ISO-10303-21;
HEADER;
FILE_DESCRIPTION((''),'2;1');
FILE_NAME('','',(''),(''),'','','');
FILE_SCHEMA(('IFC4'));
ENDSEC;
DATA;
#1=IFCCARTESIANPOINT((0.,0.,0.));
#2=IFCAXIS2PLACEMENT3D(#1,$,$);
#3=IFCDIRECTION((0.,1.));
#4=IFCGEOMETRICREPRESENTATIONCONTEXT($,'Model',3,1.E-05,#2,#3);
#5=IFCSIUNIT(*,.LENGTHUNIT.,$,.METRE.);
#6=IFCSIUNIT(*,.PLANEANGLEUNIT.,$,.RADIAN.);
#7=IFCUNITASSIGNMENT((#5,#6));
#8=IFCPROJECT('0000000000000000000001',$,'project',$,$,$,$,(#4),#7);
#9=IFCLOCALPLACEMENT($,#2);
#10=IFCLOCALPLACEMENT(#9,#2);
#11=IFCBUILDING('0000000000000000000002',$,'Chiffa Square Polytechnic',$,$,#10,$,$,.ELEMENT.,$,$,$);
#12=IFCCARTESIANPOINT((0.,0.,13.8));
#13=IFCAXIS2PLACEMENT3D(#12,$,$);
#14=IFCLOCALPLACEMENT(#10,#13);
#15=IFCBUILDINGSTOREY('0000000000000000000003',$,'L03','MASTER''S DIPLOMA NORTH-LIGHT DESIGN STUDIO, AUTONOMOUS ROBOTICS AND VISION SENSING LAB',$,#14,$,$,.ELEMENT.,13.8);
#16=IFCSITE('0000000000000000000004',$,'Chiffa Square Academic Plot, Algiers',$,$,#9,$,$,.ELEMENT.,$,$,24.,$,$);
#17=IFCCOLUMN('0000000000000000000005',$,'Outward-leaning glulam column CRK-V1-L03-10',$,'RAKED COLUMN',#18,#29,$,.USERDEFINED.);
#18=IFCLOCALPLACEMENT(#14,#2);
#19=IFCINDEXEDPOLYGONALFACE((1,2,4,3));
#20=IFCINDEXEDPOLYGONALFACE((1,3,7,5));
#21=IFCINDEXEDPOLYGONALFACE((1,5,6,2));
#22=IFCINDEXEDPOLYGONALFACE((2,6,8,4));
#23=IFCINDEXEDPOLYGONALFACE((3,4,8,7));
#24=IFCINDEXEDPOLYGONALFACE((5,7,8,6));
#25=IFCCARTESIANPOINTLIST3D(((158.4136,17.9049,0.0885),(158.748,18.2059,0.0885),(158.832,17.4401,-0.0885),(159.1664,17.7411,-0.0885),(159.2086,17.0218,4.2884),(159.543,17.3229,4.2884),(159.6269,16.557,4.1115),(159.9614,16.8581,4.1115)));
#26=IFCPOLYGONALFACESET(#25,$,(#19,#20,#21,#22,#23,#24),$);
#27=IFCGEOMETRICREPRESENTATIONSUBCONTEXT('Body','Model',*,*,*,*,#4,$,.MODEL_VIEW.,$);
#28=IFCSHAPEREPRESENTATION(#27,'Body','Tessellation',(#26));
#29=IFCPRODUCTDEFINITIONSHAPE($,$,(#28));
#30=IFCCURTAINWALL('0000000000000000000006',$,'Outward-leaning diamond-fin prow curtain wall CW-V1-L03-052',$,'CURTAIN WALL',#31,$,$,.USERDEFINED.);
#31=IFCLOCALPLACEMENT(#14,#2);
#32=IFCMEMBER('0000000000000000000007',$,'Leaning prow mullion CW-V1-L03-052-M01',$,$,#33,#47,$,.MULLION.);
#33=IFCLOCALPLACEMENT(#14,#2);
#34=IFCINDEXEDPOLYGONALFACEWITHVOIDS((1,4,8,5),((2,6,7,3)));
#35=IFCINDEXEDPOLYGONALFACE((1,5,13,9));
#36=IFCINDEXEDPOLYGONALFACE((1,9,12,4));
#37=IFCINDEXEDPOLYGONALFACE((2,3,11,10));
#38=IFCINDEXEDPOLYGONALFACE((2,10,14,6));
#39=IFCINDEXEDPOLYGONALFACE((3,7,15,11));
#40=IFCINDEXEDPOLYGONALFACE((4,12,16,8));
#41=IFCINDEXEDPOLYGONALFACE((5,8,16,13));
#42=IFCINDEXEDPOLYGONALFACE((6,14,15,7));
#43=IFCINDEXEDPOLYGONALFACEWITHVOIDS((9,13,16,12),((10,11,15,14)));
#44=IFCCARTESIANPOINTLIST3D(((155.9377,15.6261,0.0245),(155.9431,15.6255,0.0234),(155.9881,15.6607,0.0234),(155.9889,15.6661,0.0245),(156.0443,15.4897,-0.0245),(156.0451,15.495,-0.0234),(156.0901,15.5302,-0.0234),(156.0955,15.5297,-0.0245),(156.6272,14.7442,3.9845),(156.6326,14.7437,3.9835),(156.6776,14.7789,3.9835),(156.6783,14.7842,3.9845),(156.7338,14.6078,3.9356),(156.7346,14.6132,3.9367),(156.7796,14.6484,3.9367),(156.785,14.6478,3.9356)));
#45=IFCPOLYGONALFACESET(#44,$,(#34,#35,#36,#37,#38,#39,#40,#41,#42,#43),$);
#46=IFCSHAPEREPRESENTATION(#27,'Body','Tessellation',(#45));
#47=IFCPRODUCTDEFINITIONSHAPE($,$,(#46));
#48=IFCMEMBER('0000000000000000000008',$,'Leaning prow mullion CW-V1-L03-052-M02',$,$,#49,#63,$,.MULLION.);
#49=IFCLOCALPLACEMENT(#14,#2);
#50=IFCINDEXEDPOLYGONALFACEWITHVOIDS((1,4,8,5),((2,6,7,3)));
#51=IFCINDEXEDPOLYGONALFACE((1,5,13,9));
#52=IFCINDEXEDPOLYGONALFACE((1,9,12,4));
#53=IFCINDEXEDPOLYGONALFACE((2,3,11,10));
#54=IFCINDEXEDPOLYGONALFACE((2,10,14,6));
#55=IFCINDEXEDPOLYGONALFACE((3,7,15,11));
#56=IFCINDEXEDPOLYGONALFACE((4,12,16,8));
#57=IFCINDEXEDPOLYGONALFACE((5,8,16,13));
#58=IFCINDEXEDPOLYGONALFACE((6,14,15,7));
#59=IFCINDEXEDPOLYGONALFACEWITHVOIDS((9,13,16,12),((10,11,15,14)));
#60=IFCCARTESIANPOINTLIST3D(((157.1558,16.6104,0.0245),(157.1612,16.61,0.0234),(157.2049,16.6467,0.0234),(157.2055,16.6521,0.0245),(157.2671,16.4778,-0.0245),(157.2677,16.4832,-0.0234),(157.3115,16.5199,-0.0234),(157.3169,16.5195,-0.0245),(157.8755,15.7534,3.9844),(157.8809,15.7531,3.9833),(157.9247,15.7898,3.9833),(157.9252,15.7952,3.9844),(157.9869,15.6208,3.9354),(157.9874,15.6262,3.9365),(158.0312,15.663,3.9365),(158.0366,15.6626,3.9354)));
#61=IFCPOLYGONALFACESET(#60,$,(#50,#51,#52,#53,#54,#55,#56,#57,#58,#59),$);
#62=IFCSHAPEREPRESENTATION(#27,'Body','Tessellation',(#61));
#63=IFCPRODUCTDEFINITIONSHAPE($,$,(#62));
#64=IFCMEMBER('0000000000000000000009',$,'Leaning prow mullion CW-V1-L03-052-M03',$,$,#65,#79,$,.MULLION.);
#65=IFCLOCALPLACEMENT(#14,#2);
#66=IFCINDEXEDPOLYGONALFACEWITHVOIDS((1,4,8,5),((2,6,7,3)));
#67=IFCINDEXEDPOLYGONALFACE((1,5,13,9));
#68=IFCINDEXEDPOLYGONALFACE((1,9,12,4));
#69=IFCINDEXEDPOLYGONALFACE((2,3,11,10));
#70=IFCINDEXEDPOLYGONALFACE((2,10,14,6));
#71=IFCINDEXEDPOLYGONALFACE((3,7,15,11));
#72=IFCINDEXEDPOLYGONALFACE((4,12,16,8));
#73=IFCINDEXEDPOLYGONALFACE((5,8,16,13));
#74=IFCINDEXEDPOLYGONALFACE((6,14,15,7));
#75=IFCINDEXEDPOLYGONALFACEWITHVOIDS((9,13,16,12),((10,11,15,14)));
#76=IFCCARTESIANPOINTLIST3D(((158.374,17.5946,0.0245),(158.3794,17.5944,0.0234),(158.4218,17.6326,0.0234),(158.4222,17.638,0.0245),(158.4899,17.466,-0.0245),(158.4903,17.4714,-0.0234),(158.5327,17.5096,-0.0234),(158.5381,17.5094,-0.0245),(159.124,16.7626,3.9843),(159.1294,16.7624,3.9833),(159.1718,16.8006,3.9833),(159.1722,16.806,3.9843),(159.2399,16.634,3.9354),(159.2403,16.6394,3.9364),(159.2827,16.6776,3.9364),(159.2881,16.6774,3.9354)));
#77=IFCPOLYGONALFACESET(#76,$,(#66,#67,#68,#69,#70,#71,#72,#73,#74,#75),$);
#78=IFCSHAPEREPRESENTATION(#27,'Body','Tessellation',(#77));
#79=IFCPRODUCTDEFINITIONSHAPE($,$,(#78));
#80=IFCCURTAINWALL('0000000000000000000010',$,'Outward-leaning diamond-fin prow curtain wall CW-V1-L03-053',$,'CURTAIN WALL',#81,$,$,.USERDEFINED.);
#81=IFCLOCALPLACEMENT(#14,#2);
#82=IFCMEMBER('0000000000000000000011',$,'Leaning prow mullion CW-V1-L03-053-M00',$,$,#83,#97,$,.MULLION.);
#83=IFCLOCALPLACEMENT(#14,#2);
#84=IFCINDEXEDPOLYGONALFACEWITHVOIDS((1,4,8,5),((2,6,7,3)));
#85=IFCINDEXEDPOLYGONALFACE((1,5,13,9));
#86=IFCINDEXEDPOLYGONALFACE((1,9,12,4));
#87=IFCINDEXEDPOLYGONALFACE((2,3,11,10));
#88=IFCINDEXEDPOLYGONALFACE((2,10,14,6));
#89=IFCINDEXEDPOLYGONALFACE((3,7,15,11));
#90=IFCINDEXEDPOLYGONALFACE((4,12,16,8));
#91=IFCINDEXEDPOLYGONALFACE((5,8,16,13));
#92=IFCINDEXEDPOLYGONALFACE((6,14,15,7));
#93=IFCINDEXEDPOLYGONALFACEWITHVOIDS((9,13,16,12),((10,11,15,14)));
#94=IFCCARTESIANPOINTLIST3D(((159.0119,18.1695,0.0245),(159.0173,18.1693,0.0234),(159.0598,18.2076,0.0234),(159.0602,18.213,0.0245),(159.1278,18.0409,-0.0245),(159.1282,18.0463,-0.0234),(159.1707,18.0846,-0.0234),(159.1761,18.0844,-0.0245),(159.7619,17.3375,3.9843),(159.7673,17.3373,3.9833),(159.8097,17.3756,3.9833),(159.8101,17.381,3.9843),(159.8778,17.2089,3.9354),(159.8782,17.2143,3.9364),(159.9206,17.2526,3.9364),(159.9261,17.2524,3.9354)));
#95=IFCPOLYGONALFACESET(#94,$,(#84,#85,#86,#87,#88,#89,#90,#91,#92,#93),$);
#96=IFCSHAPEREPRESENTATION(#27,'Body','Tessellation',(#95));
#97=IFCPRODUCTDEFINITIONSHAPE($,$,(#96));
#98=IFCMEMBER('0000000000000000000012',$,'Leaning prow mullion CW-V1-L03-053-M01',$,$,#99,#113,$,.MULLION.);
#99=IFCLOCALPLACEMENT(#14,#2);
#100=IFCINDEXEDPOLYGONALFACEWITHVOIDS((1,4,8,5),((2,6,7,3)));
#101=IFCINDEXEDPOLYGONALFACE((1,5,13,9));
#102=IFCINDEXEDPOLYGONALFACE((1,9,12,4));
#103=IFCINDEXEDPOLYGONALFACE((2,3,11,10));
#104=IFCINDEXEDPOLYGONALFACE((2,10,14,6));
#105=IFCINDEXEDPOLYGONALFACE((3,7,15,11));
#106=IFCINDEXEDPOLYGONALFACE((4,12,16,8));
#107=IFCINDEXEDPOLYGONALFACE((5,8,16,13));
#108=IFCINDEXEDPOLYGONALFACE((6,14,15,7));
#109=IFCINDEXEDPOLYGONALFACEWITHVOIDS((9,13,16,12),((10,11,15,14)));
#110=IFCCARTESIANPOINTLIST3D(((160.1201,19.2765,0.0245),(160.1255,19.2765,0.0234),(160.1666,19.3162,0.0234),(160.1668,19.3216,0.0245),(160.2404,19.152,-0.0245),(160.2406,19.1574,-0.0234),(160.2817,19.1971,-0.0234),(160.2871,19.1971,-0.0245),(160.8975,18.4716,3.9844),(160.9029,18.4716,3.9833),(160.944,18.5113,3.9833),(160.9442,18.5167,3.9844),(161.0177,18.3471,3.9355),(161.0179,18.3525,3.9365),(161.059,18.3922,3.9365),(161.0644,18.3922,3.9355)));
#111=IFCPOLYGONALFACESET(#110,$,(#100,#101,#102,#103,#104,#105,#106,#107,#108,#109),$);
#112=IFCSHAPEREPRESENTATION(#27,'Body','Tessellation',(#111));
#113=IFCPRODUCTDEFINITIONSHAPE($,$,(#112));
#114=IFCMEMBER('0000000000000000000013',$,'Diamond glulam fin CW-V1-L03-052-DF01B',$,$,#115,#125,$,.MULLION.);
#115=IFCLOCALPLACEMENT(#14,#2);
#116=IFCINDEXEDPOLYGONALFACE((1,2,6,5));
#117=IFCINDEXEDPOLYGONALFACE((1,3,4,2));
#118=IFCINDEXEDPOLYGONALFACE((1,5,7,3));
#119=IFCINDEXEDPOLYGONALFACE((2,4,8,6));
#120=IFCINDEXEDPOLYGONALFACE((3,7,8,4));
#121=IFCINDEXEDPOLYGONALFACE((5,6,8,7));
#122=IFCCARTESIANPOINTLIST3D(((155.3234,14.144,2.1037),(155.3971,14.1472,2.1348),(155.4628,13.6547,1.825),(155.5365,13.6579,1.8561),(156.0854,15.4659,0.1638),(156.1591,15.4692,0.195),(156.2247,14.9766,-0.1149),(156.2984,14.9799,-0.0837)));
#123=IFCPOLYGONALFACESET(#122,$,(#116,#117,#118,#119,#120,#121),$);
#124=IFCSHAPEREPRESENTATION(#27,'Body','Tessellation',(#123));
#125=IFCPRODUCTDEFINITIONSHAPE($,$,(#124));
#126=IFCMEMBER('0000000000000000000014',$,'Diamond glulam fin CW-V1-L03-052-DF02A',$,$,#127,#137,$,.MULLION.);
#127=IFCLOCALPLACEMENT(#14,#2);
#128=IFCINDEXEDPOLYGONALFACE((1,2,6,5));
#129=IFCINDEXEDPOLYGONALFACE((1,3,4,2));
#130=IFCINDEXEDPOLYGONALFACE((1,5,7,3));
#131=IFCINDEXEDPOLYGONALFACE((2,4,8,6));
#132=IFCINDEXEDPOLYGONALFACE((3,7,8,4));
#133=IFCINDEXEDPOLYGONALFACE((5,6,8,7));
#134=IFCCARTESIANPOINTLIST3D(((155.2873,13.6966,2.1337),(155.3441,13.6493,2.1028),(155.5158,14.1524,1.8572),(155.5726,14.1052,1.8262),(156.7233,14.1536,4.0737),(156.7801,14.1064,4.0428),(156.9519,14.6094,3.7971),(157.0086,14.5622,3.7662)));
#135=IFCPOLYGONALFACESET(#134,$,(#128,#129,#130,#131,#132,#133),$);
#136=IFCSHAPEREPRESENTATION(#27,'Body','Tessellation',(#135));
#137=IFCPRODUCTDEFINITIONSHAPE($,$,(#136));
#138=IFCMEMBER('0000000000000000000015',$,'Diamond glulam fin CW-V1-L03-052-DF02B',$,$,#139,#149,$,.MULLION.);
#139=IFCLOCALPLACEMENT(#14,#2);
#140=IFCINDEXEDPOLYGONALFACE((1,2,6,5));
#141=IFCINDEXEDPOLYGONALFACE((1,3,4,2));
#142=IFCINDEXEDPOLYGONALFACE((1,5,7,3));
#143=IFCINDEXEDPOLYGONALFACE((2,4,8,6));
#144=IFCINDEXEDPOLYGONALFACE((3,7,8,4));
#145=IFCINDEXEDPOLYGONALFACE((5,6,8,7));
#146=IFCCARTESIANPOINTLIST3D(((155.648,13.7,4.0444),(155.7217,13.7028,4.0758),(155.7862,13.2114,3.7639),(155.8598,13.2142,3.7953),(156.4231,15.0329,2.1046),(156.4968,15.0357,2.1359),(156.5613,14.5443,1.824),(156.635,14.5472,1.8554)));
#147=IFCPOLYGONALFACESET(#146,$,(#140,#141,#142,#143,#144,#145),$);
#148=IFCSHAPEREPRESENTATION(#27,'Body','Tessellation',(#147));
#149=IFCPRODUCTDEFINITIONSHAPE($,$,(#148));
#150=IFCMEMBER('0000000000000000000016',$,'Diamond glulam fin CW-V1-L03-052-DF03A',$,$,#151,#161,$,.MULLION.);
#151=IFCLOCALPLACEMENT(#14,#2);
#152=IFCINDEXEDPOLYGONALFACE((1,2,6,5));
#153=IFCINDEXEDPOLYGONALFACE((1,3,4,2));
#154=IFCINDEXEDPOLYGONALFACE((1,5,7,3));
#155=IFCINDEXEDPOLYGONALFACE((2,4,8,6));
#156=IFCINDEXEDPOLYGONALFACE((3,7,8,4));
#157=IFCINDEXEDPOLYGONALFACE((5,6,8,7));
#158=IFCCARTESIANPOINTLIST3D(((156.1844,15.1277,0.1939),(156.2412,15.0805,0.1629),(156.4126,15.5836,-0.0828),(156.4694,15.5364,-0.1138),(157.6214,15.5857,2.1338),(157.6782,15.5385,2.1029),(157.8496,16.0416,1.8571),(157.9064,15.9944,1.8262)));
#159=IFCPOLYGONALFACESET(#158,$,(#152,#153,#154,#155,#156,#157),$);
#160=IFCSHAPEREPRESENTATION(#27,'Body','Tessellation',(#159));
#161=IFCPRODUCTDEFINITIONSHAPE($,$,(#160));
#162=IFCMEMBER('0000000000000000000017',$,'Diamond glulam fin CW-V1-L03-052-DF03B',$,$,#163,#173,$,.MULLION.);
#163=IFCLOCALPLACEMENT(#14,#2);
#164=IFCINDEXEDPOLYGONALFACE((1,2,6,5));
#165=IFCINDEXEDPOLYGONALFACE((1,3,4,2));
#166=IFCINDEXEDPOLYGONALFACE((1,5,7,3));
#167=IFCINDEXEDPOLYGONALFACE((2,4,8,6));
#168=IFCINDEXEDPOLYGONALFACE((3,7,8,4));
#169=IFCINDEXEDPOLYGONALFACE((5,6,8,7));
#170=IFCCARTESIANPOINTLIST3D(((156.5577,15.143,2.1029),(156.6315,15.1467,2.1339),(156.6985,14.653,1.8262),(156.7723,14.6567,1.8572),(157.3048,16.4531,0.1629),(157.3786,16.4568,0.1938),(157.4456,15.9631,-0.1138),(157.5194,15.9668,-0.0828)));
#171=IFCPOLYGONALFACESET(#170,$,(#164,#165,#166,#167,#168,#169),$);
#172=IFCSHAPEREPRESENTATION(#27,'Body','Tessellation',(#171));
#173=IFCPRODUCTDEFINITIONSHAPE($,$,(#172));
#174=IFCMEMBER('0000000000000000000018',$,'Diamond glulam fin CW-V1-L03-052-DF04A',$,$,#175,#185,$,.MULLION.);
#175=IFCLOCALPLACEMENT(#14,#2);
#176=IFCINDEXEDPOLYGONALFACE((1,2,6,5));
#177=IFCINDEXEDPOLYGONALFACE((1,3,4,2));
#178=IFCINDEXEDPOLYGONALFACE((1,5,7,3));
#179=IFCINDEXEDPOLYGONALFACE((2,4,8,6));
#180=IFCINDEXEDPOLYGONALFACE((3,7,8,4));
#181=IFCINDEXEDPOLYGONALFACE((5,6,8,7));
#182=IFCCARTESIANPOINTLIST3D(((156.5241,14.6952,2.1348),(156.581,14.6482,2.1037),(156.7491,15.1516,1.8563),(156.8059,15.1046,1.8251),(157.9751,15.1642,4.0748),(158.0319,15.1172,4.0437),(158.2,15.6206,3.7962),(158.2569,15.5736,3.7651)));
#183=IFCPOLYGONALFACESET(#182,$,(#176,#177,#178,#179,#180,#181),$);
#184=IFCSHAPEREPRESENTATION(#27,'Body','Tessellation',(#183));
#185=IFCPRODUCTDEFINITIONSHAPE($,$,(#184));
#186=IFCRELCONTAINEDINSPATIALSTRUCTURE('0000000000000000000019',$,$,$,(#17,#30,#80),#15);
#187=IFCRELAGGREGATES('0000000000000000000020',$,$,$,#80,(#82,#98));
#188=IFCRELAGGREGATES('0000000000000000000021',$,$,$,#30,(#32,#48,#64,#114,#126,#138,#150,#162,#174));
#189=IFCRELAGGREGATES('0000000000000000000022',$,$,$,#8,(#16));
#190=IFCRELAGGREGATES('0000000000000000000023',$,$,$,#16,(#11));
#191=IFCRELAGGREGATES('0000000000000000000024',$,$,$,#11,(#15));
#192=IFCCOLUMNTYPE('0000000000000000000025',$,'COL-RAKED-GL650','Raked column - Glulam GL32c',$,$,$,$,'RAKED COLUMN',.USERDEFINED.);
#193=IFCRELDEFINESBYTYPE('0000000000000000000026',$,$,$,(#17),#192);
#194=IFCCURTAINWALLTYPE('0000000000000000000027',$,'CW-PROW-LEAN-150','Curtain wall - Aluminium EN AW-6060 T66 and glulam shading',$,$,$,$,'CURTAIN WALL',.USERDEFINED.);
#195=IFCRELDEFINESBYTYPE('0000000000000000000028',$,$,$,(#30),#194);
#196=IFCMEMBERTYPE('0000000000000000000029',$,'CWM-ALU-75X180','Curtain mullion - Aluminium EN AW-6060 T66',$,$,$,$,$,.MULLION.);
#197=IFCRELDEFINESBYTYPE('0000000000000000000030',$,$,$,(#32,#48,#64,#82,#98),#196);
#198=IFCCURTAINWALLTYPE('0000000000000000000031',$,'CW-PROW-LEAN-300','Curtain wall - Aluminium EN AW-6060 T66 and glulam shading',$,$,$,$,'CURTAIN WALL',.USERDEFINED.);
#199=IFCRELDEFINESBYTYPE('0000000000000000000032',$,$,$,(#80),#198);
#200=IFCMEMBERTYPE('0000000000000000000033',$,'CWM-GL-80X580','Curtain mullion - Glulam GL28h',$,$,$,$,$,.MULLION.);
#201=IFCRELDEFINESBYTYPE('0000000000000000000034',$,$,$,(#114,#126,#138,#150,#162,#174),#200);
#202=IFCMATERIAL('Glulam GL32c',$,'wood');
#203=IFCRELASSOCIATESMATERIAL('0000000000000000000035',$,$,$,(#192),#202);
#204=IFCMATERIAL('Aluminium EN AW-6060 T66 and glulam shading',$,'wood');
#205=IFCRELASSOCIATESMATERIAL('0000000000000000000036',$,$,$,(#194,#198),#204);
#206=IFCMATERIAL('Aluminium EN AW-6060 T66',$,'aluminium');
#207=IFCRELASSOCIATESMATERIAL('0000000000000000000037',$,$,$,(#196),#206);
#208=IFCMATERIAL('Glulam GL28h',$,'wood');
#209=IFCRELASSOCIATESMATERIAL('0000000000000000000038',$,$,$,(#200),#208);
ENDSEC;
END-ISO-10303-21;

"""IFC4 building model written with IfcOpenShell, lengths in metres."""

from ifc_helpers import new_model, si_unit, direction, frame, origin, origin_2d, place, context, subcontext, project, spatial, rectangle, hollow_rectangle, extrude, material, material_profile, profile_set, type_object, element, aggregate, save


model = new_model("IFC4")

# Units and contexts
model_context = context("Model", 3, precision=1e-05, world=origin(), true_north=direction((0.0, 1.0)))
body_context = subcontext(model_context, "Body", "Model", "MODEL_VIEW")
ifc_project = project(units=[si_unit("LENGTHUNIT", "METRE"), si_unit("PLANEANGLEUNIT", "RADIAN")], contexts=[model_context])

# Site, building, storey
site_placement = place(None, origin())
site = spatial("IfcSite", under=ifc_project, at=site_placement, Name="Chiffa Square Academic Plot, Algiers", CompositionType="ELEMENT", RefElevation=24.0)
building_placement = place(site_placement, origin())
building = spatial("IfcBuilding", under=site, at=building_placement, Name="Chiffa Square Polytechnic", CompositionType="ELEMENT")
storey_placement = place(building_placement, frame((0.0, 0.0, 13.8)))
storey = spatial("IfcBuildingStorey", under=building, at=storey_placement, Name="L03", Description="MASTER'S DIPLOMA NORTH-LIGHT DESIGN STUDIO, AUTONOMOUS ROBOTICS AND VISION SENSING LAB", CompositionType="ELEMENT", Elevation=13.8)

# Column
ifc_material_1 = material(Name="Glulam GL32c", Category="wood")
ifc_material_profile_1 = material_profile(ifc_material_1, rectangle(XDim=0.45, YDim=0.6499, at=origin_2d()), Name="GL32c 450x650")
ifc_profile_set_1 = profile_set([ifc_material_profile_1], Name="Glulam GL32c")
column_type = type_object("IfcColumnType", Name="COL-RAKED-GL650", Description="Raked column - Glulam GL32c", ElementType="RAKED COLUMN", PredefinedType="USERDEFINED", material=ifc_profile_set_1)
column_placement = place(storey_placement, frame((158.79, 17.823, 0.0), z_axis=(0.182122, -0.202314, 0.962237), x_axis=(0.743223, 0.669044, 0.0)))
element("IfcColumn", 1, at=column_placement, inside=storey, type_object=column_type, Name="Outward-leaning glulam column CRK-V1-L03-10", ObjectType="RAKED COLUMN", PredefinedType="USERDEFINED", context=body_context, shape_type="SweptSolid", body=[
    extrude(rectangle(XDim=0.45, YDim=0.6499, at=origin_2d()), origin(), (0.0, 0.0, 1.0), 4.3647),
])

# Curtain walls, members
ifc_material_2 = material(Name="Aluminium EN AW-6060 T66 and glulam shading", Category="wood")
curtain_wall_type_1 = type_object("IfcCurtainWallType", Name="CW-PROW-LEAN-150", Description="Curtain wall - Aluminium EN AW-6060 T66 and glulam shading", ElementType="CURTAIN WALL", PredefinedType="USERDEFINED", material=ifc_material_2)
curtain_wall_1_placement = place(storey_placement, origin())
curtain_wall_1 = element("IfcCurtainWall", 2, at=curtain_wall_1_placement, inside=storey, type_object=curtain_wall_type_1, Name="Outward-leaning diamond-fin prow curtain wall CW-V1-L03-052", ObjectType="CURTAIN WALL", PredefinedType="USERDEFINED")
ifc_material_3 = material(Name="Aluminium EN AW-6060 T66", Category="aluminium")
ifc_material_profile_2 = material_profile(ifc_material_3, hollow_rectangle(XDim=0.0649, YDim=0.1799, WallThickness=0.0039, at=origin_2d()), Name="ALU 65x180x4")
ifc_profile_set_2 = profile_set([ifc_material_profile_2], Name="Aluminium EN AW-6060 T66")
member_type_1 = type_object("IfcMemberType", Name="CWM-ALU-75X180", Description="Curtain mullion - Aluminium EN AW-6060 T66", PredefinedType="MULLION", material=ifc_profile_set_2)
member_1_placement = place(storey_placement, frame((156.0166, 15.5779, 0.0), z_axis=(0.167541, -0.214291, 0.962294), x_axis=(0.787799, 0.615932, 0.0)))
member_1 = element("IfcMember", 3, at=member_1_placement, type_object=member_type_1, Name="Leaning prow mullion CW-V1-L03-052-M01", PredefinedType="MULLION", context=body_context, shape_type="SweptSolid", body=[
    extrude(hollow_rectangle(XDim=0.0649, YDim=0.1799, WallThickness=0.0039, at=origin_2d()), origin(), (0.0, 0.0, 1.0), 4.1152),
])
member_2_placement = place(storey_placement, frame((157.2363, 16.5649, 0.0), z_axis=(0.174901, -0.208244, 0.962312), x_axis=(0.765748, 0.643141, 0.0)))
member_2 = element("IfcMember", 4, at=member_2_placement, type_object=member_type_1, Name="Leaning prow mullion CW-V1-L03-052-M02", PredefinedType="MULLION", context=body_context, shape_type="SweptSolid", body=[
    extrude(hollow_rectangle(XDim=0.0649, YDim=0.1799, WallThickness=0.0039, at=origin_2d()), origin(), (0.0, 0.0, 1.0), 4.115),
])
member_3_placement = place(storey_placement, frame((158.4561, 17.552, 0.0), z_axis=(0.182245, -0.202178, 0.962243), x_axis=(0.742774, 0.669543, 0.0)))
member_3 = element("IfcMember", 5, at=member_3_placement, type_object=member_type_1, Name="Leaning prow mullion CW-V1-L03-052-M03", PredefinedType="MULLION", context=body_context, shape_type="SweptSolid", body=[
    extrude(hollow_rectangle(XDim=0.0649, YDim=0.1799, WallThickness=0.0039, at=origin_2d()), origin(), (0.0, 0.0, 1.0), 4.1152),
])
curtain_wall_type_2 = type_object("IfcCurtainWallType", Name="CW-PROW-LEAN-300", Description="Curtain wall - Aluminium EN AW-6060 T66 and glulam shading", ElementType="CURTAIN WALL", PredefinedType="USERDEFINED", material=ifc_material_2)
curtain_wall_2_placement = place(storey_placement, origin())
curtain_wall_2 = element("IfcCurtainWall", 6, at=curtain_wall_2_placement, inside=storey, type_object=curtain_wall_type_2, Name="Outward-leaning diamond-fin prow curtain wall CW-V1-L03-053", ObjectType="CURTAIN WALL", PredefinedType="USERDEFINED")
member_4_placement = place(storey_placement, frame((159.094, 18.127, 0.0), z_axis=(0.182245, -0.202178, 0.962243), x_axis=(0.742774, 0.669543, 0.0)))
member_4 = element("IfcMember", 7, at=member_4_placement, type_object=member_type_1, Name="Leaning prow mullion CW-V1-L03-053-M00", PredefinedType="MULLION", context=body_context, shape_type="SweptSolid", body=[
    extrude(hollow_rectangle(XDim=0.0649, YDim=0.1799, WallThickness=0.0039, at=origin_2d()), origin(), (0.0, 0.0, 1.0), 4.1152),
])
member_5_placement = place(storey_placement, frame((160.2036, 19.2368, 0.0), z_axis=(0.188904, -0.195608, 0.962317), x_axis=(0.719326, 0.694672, 0.0)))
member_5 = element("IfcMember", 8, at=member_5_placement, type_object=member_type_1, Name="Leaning prow mullion CW-V1-L03-053-M01", PredefinedType="MULLION", context=body_context, shape_type="SweptSolid", body=[
    extrude(hollow_rectangle(XDim=0.0649, YDim=0.1799, WallThickness=0.0039, at=origin_2d()), origin(), (0.0, 0.0, 1.0), 4.115),
])

# Members
ifc_material_4 = material(Name="Glulam GL28h", Category="wood")
ifc_material_profile_3 = material_profile(ifc_material_4, rectangle(XDim=0.0801, YDim=0.5801, at=origin_2d()), Name="GL28h 80x580")
ifc_profile_set_3 = profile_set([ifc_material_profile_3], Name="Glulam GL28h")
member_type_2 = type_object("IfcMemberType", Name="CWM-GL-80X580", Description="Curtain mullion - Glulam GL28h", PredefinedType="MULLION", material=ifc_profile_set_3)
member_6_placement = place(storey_placement, frame((156.1919, 15.2229, 0.04), z_axis=(-0.30872, -0.535635, 0.785994), x_axis=(0.920319, 0.040482, 0.389067)))
member_6 = element("IfcMember", 9, at=member_6_placement, type_object=member_type_2, Name="Diamond glulam fin CW-V1-L03-052-DF01B", PredefinedType="MULLION", context=body_context, shape_type="SweptSolid", body=[
    extrude(rectangle(XDim=0.0801, YDim=0.5801, at=origin_2d()), origin(), (0.0, 0.0, 1.0), 2.468),
])
member_7_placement = place(storey_placement, frame((155.4299, 13.9009, 1.98), z_axis=(0.584583, 0.186049, 0.789714), x_axis=(-0.709263, 0.589826, 0.386072)))
member_7 = element("IfcMember", 10, at=member_7_placement, type_object=member_type_2, Name="Diamond glulam fin CW-V1-L03-052-DF02A", PredefinedType="MULLION", context=body_context, shape_type="SweptSolid", body=[
    extrude(rectangle(XDim=0.0801, YDim=0.5801, at=origin_2d()), origin(), (0.0, 0.0, 1.0), 2.4565),
])
member_8_placement = place(storey_placement, frame((156.5291, 14.79, 1.98), z_axis=(-0.312795, -0.537908, 0.782824), x_axis=(0.919466, 0.035215, 0.39159)))
member_8 = element("IfcMember", 11, at=member_8_placement, type_object=member_type_2, Name="Diamond glulam fin CW-V1-L03-052-DF02B", PredefinedType="MULLION", context=body_context, shape_type="SweptSolid", body=[
    extrude(rectangle(XDim=0.0801, YDim=0.5801, at=origin_2d()), origin(), (0.0, 0.0, 1.0), 2.478),
])
member_9_placement = place(storey_placement, frame((156.3269, 15.332, 0.04), z_axis=(0.584802, 0.186389, 0.789472), x_axis=(-0.709366, 0.589573, 0.386268)))
member_9 = element("IfcMember", 12, at=member_9_placement, type_object=member_type_2, Name="Diamond glulam fin CW-V1-L03-052-DF03A", PredefinedType="MULLION", context=body_context, shape_type="SweptSolid", body=[
    extrude(rectangle(XDim=0.0801, YDim=0.5801, at=origin_2d()), origin(), (0.0, 0.0, 1.0), 2.4573),
])
member_10_placement = place(storey_placement, frame((157.4121, 16.21, 0.04), z_axis=(-0.304035, -0.533155, 0.789499), x_axis=(0.921216, 0.046626, 0.386247)))
member_10 = element("IfcMember", 13, at=member_10_placement, type_object=member_type_2, Name="Diamond glulam fin CW-V1-L03-052-DF03B", PredefinedType="MULLION", context=body_context, shape_type="SweptSolid", body=[
    extrude(rectangle(XDim=0.0801, YDim=0.5801, at=origin_2d()), origin(), (0.0, 0.0, 1.0), 2.4573),
])
member_11_placement = place(storey_placement, frame((156.665, 14.8999, 1.98), z_axis=(0.588017, 0.190069, 0.7862), x_axis=(-0.709814, 0.587298, 0.388903)))
member_11 = element("IfcMember", 14, at=member_11_placement, type_object=member_type_2, Name="Diamond glulam fin CW-V1-L03-052-DF04A", PredefinedType="MULLION", context=body_context, shape_type="SweptSolid", body=[
    extrude(rectangle(XDim=0.0801, YDim=0.5801, at=origin_2d()), origin(), (0.0, 0.0, 1.0), 2.4675),
])

aggregate(curtain_wall_2, [member_4, member_5])
aggregate(curtain_wall_1, [member_1, member_2, member_3, member_6, member_7, member_8, member_9, member_10, member_11])

save(model, "model.ifc")
